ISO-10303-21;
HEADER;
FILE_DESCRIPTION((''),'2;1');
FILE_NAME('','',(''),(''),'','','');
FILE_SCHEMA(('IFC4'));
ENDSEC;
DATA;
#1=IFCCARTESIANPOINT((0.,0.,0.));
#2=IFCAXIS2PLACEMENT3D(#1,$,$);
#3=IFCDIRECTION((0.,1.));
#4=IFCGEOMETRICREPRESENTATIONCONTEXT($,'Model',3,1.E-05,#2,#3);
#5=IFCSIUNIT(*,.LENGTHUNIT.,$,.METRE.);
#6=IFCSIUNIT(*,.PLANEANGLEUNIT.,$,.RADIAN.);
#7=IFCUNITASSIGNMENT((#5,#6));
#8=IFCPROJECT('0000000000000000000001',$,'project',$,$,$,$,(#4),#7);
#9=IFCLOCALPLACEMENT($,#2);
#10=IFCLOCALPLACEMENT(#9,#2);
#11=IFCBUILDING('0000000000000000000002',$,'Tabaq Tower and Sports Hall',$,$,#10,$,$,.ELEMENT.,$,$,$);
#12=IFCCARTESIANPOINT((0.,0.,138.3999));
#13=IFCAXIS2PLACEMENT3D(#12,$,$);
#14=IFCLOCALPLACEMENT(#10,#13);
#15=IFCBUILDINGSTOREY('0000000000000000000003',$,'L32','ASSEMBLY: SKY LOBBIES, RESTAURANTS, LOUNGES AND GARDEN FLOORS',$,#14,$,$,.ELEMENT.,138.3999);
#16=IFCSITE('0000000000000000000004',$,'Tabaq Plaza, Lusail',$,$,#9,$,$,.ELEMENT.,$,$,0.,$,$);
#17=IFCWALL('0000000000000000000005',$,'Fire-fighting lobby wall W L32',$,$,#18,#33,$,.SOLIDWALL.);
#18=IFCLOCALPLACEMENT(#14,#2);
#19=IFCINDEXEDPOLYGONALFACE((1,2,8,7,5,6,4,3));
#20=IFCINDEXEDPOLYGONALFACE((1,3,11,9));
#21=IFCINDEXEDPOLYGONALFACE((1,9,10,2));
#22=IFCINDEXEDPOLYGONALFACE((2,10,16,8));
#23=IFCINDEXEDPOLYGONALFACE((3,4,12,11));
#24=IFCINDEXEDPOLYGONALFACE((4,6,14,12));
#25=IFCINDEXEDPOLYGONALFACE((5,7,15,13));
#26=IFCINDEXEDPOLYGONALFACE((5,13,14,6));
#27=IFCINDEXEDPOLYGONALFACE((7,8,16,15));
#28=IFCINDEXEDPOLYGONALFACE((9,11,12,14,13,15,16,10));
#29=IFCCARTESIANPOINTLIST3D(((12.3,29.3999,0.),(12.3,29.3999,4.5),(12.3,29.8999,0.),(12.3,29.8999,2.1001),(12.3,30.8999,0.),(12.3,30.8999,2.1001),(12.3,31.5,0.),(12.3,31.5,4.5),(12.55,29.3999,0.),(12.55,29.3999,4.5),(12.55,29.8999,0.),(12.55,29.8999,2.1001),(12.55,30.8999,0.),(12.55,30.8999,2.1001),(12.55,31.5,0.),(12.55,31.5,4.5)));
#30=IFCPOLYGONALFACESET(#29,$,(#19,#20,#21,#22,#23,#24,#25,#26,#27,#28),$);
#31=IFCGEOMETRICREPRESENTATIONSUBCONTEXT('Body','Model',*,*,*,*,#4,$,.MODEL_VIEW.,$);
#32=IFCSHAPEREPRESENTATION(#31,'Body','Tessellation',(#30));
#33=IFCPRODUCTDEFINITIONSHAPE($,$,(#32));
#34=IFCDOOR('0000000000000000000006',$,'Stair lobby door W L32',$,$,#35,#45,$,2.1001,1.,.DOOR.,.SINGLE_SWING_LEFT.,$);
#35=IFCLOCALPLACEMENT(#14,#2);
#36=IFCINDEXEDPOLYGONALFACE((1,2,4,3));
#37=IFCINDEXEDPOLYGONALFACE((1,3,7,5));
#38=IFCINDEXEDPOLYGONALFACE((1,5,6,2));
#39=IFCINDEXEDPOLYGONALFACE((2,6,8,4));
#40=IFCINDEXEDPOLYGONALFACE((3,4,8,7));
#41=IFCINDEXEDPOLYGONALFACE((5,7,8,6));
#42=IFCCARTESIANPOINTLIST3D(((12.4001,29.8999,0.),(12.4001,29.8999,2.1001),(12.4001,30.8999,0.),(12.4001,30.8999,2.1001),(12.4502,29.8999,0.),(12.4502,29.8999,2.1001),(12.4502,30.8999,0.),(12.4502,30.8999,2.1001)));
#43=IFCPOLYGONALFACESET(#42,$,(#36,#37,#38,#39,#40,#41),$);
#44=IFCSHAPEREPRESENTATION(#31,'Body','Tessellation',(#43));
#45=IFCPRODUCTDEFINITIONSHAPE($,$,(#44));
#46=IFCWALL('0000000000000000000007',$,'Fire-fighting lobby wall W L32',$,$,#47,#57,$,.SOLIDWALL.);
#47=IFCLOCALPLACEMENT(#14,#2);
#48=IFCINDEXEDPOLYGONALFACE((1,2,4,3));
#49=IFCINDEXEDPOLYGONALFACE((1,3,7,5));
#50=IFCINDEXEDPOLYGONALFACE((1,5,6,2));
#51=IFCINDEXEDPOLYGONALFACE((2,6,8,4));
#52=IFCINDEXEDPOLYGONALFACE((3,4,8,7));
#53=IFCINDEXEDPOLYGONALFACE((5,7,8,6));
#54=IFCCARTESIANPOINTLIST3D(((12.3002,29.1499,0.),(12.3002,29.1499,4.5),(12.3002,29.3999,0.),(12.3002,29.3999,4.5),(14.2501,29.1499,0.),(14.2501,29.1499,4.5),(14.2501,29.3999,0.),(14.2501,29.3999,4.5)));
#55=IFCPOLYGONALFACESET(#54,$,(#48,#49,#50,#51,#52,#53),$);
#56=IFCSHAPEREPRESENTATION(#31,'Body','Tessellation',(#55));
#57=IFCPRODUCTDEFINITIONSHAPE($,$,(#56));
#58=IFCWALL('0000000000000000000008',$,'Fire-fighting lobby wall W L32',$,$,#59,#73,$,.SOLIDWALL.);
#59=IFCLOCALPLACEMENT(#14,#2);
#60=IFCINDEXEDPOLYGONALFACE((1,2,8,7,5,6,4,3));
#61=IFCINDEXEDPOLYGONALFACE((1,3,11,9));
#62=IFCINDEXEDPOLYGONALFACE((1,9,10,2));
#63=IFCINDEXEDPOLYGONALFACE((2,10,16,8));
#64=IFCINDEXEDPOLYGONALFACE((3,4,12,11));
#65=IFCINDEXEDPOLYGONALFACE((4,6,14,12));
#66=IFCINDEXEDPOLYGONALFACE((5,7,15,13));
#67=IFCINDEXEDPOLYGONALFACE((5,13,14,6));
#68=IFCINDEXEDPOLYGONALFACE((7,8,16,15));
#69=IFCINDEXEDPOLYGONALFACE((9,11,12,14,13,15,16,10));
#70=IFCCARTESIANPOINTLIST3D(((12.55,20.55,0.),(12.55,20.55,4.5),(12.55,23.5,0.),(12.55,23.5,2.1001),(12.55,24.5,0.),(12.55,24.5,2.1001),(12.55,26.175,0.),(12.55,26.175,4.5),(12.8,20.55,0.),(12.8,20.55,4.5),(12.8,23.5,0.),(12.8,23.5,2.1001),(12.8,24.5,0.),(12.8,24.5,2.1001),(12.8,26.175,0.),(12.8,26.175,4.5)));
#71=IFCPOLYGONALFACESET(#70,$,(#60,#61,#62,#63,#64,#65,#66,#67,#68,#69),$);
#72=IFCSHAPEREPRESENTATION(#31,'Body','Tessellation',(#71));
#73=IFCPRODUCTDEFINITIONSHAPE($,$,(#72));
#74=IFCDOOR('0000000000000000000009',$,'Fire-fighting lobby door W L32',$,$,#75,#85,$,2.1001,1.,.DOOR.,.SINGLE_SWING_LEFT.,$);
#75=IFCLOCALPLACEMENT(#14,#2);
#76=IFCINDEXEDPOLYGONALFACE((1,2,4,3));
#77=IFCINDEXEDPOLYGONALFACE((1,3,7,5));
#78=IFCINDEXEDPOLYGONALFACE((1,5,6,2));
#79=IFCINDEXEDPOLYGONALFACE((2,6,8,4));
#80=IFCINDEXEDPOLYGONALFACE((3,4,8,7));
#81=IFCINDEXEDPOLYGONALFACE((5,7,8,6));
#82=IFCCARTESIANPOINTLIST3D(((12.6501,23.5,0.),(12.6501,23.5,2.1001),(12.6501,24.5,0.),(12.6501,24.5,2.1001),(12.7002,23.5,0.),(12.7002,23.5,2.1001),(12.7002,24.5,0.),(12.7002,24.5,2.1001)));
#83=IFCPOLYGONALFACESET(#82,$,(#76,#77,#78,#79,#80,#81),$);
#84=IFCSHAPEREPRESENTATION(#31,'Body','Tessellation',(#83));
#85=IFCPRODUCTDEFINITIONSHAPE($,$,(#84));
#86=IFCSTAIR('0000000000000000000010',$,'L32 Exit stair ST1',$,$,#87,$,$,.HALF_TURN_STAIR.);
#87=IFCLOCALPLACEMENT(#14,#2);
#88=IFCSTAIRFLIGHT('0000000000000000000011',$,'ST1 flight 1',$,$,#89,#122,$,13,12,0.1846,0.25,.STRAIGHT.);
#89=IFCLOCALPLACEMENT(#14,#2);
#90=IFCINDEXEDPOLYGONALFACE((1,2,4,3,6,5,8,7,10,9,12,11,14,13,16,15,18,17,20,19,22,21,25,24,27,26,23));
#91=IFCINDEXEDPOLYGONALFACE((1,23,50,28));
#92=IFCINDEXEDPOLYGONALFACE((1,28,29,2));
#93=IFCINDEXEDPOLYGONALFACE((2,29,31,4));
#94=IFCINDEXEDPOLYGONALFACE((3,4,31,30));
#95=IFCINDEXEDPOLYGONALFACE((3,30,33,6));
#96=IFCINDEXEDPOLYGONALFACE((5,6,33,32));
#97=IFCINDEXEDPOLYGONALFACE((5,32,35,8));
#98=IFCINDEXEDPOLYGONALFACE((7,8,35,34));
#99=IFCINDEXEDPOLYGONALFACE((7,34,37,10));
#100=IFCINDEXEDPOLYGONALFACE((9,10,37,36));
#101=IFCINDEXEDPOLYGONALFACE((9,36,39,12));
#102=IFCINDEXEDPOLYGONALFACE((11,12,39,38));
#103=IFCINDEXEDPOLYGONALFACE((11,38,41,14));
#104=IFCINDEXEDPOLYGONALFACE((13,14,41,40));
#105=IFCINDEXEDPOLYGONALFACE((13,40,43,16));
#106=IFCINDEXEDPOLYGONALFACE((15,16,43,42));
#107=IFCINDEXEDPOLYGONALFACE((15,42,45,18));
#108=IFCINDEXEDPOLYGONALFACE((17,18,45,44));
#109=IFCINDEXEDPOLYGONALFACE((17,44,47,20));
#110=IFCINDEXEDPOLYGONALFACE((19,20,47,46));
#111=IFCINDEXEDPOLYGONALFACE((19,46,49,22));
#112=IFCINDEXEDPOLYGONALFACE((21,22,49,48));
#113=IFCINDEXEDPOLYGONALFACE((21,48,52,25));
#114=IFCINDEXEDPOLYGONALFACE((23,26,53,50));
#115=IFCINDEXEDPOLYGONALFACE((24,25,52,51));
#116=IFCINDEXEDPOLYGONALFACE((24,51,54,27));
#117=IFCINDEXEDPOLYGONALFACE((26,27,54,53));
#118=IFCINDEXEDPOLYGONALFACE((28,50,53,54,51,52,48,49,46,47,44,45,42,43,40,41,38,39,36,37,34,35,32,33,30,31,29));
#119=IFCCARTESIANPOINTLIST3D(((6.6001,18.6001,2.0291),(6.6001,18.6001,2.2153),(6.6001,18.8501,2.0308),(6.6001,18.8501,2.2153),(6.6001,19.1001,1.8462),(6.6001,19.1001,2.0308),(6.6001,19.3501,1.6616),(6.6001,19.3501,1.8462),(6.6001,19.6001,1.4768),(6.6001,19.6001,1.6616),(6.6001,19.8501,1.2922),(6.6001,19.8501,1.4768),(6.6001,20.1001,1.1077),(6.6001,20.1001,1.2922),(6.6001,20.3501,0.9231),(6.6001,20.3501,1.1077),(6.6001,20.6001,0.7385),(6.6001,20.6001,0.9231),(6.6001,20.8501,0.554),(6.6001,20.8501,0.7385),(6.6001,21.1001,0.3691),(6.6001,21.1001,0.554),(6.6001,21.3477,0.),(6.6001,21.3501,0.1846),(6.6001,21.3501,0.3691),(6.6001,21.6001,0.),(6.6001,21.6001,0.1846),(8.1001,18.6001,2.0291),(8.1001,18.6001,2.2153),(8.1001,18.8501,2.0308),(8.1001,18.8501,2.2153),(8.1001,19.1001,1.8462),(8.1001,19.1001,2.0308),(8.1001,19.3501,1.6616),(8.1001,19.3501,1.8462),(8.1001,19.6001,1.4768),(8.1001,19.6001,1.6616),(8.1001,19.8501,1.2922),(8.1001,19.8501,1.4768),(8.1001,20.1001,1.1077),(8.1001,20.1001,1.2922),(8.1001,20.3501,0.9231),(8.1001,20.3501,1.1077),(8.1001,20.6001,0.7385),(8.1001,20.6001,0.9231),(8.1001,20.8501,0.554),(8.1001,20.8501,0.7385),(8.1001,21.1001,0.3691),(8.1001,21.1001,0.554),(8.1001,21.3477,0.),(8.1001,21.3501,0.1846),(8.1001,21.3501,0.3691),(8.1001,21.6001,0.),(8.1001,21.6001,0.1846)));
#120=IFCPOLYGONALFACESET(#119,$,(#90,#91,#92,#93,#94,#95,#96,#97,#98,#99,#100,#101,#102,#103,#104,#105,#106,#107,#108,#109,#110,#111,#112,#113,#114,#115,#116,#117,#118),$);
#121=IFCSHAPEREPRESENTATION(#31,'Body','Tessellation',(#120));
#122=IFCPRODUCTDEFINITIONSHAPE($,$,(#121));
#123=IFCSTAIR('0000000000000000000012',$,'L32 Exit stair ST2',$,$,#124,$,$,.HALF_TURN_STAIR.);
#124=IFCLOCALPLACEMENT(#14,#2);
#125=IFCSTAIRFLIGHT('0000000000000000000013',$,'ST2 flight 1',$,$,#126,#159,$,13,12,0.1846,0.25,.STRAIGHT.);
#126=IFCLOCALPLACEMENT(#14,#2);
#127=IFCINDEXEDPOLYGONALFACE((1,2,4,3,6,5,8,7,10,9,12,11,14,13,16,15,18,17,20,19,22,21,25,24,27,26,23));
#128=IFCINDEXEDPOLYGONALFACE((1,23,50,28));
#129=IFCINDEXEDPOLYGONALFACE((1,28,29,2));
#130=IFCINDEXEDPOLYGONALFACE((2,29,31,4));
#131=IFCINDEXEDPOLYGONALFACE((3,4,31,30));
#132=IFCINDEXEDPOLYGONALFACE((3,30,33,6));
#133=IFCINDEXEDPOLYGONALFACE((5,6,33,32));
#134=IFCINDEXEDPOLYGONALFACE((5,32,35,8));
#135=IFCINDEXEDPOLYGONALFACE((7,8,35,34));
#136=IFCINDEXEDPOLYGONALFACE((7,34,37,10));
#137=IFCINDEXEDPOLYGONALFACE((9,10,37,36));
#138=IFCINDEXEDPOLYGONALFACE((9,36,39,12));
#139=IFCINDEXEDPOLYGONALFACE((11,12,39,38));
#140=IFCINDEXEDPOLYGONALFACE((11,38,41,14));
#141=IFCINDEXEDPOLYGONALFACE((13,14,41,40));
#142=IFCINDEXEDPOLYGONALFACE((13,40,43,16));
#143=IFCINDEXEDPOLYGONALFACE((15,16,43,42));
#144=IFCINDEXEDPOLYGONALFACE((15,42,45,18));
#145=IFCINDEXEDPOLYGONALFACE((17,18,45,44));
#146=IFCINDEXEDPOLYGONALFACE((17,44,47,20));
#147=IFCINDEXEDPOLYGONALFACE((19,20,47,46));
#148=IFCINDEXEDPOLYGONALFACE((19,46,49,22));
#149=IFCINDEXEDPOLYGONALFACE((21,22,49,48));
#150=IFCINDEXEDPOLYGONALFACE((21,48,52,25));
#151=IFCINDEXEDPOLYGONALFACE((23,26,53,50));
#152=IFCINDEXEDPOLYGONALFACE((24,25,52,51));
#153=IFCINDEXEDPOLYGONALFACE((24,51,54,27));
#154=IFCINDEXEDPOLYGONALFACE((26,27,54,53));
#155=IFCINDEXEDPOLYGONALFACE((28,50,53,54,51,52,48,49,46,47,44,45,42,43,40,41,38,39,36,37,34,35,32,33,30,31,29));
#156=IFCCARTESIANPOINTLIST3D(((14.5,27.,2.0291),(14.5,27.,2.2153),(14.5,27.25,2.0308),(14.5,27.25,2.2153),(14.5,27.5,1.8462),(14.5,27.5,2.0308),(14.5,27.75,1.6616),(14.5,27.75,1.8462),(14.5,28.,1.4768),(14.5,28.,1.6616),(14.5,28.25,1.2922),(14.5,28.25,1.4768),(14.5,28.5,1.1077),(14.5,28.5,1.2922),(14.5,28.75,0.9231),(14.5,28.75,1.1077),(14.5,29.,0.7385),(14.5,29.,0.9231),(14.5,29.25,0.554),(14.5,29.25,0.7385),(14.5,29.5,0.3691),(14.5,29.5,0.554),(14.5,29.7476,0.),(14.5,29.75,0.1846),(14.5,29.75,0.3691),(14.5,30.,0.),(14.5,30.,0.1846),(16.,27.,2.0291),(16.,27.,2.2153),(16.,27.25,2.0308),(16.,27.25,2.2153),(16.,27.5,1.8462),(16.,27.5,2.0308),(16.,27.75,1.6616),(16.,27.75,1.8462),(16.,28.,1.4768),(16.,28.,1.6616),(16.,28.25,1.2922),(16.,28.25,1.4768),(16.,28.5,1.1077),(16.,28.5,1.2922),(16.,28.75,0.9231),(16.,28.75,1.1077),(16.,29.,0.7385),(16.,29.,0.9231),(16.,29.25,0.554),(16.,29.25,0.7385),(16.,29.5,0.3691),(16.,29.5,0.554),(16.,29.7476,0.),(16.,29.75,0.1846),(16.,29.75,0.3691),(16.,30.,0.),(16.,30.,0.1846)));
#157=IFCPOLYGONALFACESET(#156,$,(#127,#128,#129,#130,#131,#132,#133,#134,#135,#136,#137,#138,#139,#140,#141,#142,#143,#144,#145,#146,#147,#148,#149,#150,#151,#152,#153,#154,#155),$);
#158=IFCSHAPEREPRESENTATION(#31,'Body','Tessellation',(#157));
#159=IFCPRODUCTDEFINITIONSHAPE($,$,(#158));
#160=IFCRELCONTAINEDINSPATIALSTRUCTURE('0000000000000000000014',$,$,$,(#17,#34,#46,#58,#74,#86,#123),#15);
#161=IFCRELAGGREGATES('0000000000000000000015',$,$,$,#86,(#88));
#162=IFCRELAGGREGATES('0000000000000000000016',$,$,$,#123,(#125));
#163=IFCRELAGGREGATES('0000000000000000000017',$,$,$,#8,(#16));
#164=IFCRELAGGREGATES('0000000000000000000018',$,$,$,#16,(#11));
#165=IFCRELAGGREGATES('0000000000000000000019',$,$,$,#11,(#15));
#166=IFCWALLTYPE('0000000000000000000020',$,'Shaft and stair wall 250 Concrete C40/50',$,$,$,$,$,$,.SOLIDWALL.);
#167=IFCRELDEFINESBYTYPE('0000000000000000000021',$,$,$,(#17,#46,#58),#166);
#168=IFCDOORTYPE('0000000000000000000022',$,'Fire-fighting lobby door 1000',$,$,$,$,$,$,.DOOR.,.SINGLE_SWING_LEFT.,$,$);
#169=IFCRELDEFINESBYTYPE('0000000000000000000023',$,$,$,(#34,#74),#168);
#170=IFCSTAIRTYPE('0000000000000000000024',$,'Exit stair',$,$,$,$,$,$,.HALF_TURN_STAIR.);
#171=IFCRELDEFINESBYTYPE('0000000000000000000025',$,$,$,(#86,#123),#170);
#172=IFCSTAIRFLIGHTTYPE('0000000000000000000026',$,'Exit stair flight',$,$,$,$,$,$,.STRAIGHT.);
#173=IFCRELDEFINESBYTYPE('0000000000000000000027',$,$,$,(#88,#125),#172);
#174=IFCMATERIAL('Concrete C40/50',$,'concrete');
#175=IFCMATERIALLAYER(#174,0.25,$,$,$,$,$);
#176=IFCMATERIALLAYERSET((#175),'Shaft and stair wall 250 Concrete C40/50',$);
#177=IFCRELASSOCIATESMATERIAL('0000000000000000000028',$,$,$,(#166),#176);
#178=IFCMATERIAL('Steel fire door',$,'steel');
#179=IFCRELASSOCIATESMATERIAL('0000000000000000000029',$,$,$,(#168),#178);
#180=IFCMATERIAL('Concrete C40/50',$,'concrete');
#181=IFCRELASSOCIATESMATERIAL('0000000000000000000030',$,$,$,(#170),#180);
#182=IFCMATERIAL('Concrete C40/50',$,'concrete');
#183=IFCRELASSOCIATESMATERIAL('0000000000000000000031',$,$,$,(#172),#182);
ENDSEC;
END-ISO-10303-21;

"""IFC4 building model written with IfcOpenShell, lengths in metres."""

from ifc_helpers import new_model, si_unit, direction, frame, frame_2d, origin, place, context, subcontext, project, spatial, polyline, rectangle, outline, extrude, material, layer, layer_set, type_object, element, fill, aggregate, save


model = new_model("IFC4")

# Units and contexts
model_context = context("Model", 3, precision=1e-05, world=origin(), true_north=direction((0.0, 1.0)))
body_context = subcontext(model_context, "Body", "Model", "MODEL_VIEW")
ifc_project = project(units=[si_unit("LENGTHUNIT", "METRE"), si_unit("PLANEANGLEUNIT", "RADIAN")], contexts=[model_context])

# Site, building, storey
site_placement = place(None, origin())
site = spatial("IfcSite", under=ifc_project, at=site_placement, Name="Tabaq Plaza, Lusail", CompositionType="ELEMENT", RefElevation=0.0)
building_placement = place(site_placement, origin())
building = spatial("IfcBuilding", under=site, at=building_placement, Name="Tabaq Tower and Sports Hall", CompositionType="ELEMENT")
storey_placement = place(building_placement, frame((0.0, 0.0, 138.3999)))
storey = spatial("IfcBuildingStorey", under=building, at=storey_placement, Name="L32", Description="ASSEMBLY: SKY LOBBIES, RESTAURANTS, LOUNGES AND GARDEN FLOORS", CompositionType="ELEMENT", Elevation=138.3999)

# Shared definitions
ifc_material_1 = material(Name="Concrete C40/50", Category="concrete")
ifc_layer_1 = layer(ifc_material_1, 0.25)
ifc_layer_set_1 = layer_set([ifc_layer_1], Name="Shaft and stair wall 250 Concrete C40/50")
wall_type_1 = type_object("IfcWallType", Name="Shaft and stair wall 250 Concrete C40/50", PredefinedType="SOLIDWALL", material=ifc_layer_set_1)

# Wall, opening, door
wall_1_placement = place(storey_placement, frame((12.425, 29.3999, 0.0), z_axis=(0.0, 0.0, 1.0), x_axis=(0.0, 1.0, 0.0)))
wall_1 = element("IfcWall", 1, at=wall_1_placement, inside=storey, type_object=wall_type_1, Name="Fire-fighting lobby wall W L32", PredefinedType="SOLIDWALL", context=body_context, shape_type="SweptSolid", body=[
    extrude(rectangle(XDim=2.1001, YDim=0.25, at=frame_2d((1.05, 0.0))), origin(), (0.0, 0.0, 1.0), 4.5),
])
opening_1_placement = place(wall_1_placement, frame((0.5, 0.0, 0.0)))
opening_1 = element("IfcOpeningElement", 2, at=opening_1_placement, cuts=wall_1, PredefinedType="OPENING", context=body_context, shape_type="SweptSolid", body=[
    extrude(rectangle(XDim=1.0, YDim=2.1001, at=frame_2d((0.5, 1.05))), frame((0.0, 0.125, 0.0), z_axis=(0.0, -1.0, 0.0), x_axis=(1.0, 0.0, 0.0)), (0.0, 0.0, 1.0), 0.25),
])
ifc_material_2 = material(Name="Steel fire door", Category="steel")
door_type_1 = type_object("IfcDoorType", Name="Fire-fighting lobby door 1000", OperationType="SINGLE_SWING_LEFT", PredefinedType="DOOR", material=ifc_material_2)
door_1_placement = place(opening_1_placement, origin())
door_1 = element("IfcDoor", 3, at=door_1_placement, inside=storey, type_object=door_type_1, Name="Stair lobby door W L32", OperationType="SINGLE_SWING_LEFT", OverallHeight=2.1001, OverallWidth=1.0, PredefinedType="DOOR", context=body_context, shape_type="SweptSolid", body=[
    extrude(rectangle(XDim=1.0, YDim=2.1001, at=frame_2d((0.5, 1.05))), frame((0.0, 0.0249, 0.0), z_axis=(0.0, -1.0, 0.0), x_axis=(1.0, 0.0, 0.0)), (0.0, 0.0, 1.0), 0.05),
])
fill(opening_1, door_1)

# Wall
wall_2_placement = place(storey_placement, frame((12.3, 29.2749, 0.0), z_axis=(0.0, 0.0, 1.0), x_axis=(1.0, 0.0, 0.0)))
element("IfcWall", 4, at=wall_2_placement, inside=storey, type_object=wall_type_1, Name="Fire-fighting lobby wall W L32", PredefinedType="SOLIDWALL", context=body_context, shape_type="SweptSolid", body=[
    extrude(rectangle(XDim=1.95, YDim=0.25, at=frame_2d((0.9751, 0.0))), origin(), (0.0, 0.0, 1.0), 4.5),
])

# Wall, opening, door
wall_3_placement = place(storey_placement, frame((12.675, 20.55, 0.0), z_axis=(0.0, 0.0, 1.0), x_axis=(0.0, 1.0, 0.0)))
wall_3 = element("IfcWall", 5, at=wall_3_placement, inside=storey, type_object=wall_type_1, Name="Fire-fighting lobby wall W L32", PredefinedType="SOLIDWALL", context=body_context, shape_type="SweptSolid", body=[
    extrude(rectangle(XDim=5.625, YDim=0.25, at=frame_2d((2.8125, 0.0))), origin(), (0.0, 0.0, 1.0), 4.5),
])
opening_2_placement = place(wall_3_placement, frame((2.95, 0.0, 0.0)))
opening_2 = element("IfcOpeningElement", 6, at=opening_2_placement, cuts=wall_3, PredefinedType="OPENING", context=body_context, shape_type="SweptSolid", body=[
    extrude(rectangle(XDim=1.0, YDim=2.1001, at=frame_2d((0.5, 1.05))), frame((0.0, 0.125, 0.0), z_axis=(0.0, -1.0, 0.0), x_axis=(1.0, 0.0, 0.0)), (0.0, 0.0, 1.0), 0.25),
])
door_2_placement = place(opening_2_placement, origin())
door_2 = element("IfcDoor", 7, at=door_2_placement, inside=storey, type_object=door_type_1, Name="Fire-fighting lobby door W L32", OperationType="SINGLE_SWING_LEFT", OverallHeight=2.1001, OverallWidth=1.0, PredefinedType="DOOR", context=body_context, shape_type="SweptSolid", body=[
    extrude(rectangle(XDim=1.0, YDim=2.1001, at=frame_2d((0.5, 1.05))), frame((0.0, 0.0249, 0.0), z_axis=(0.0, -1.0, 0.0), x_axis=(1.0, 0.0, 0.0)), (0.0, 0.0, 1.0), 0.05),
])
fill(opening_2, door_2)

# Stair, stair flight
ifc_material_3 = material(Name="Concrete C40/50", Category="concrete")
stair_type = type_object("IfcStairType", Name="Exit stair", PredefinedType="HALF_TURN_STAIR", material=ifc_material_3)
stair_1_placement = place(storey_placement, origin())
stair_1 = element("IfcStair", 8, at=stair_1_placement, inside=storey, type_object=stair_type, Name="L32 Exit stair ST1", PredefinedType="HALF_TURN_STAIR")
ifc_material_4 = material(Name="Concrete C40/50", Category="concrete")
stair_flight_type = type_object("IfcStairFlightType", Name="Exit stair flight", PredefinedType="STRAIGHT", material=ifc_material_4)
stair_flight_1_placement = place(storey_placement, frame((7.3501, 21.6001, 0.0), z_axis=(0.0, 0.0, 1.0), x_axis=(0.0, -1.0, 0.0)))
stair_flight_1 = element("IfcStairFlight", 9, at=stair_flight_1_placement, type_object=stair_flight_type, Name="ST1 flight 1", NumberOfRisers=13, NumberOfTreads=12, PredefinedType="STRAIGHT", RiserHeight=0.1846, TreadLength=0.25, context=body_context, shape_type="SweptSolid", body=[
    extrude(outline(polyline([(0.0, 0.0), (0.0, 0.1846), (0.25, 0.1846), (0.25, 0.3691), (0.5, 0.3691), (0.5, 0.554), (0.75, 0.554), (0.75, 0.7385), (1.0, 0.7385), (1.0, 0.9231), (1.25, 0.9231), (1.25, 1.1077), (1.5, 1.1077), (1.5, 1.2922), (1.75, 1.2922), (1.75, 1.4768), (2.0, 1.4768), (2.0, 1.6616), (2.25, 1.6616), (2.25, 1.8462), (2.5, 1.8462), (2.5, 2.0308), (2.75, 2.0308), (2.75, 2.2153), (3.0, 2.2153), (3.0, 2.3999), (3.0, 2.0291), (0.2524, 0.0), (0.0, 0.0)])), frame((0.0, 0.75, 0.0), z_axis=(0.0, -1.0, 0.0), x_axis=(1.0, 0.0, 0.0)), (0.0, 0.0, 1.0), 1.5),
])
aggregate(stair_1, [stair_flight_1])

# Stair, stair flight
stair_2_placement = place(storey_placement, origin())
stair_2 = element("IfcStair", 10, at=stair_2_placement, inside=storey, type_object=stair_type, Name="L32 Exit stair ST2", PredefinedType="HALF_TURN_STAIR")
stair_flight_2_placement = place(storey_placement, frame((15.25, 30.0, 0.0), z_axis=(0.0, 0.0, 1.0), x_axis=(0.0, -1.0, 0.0)))
stair_flight_2 = element("IfcStairFlight", 11, at=stair_flight_2_placement, type_object=stair_flight_type, Name="ST2 flight 1", NumberOfRisers=13, NumberOfTreads=12, PredefinedType="STRAIGHT", RiserHeight=0.1846, TreadLength=0.25, context=body_context, shape_type="SweptSolid", body=[
    extrude(outline(polyline([(0.0, 0.0), (0.0, 0.1846), (0.25, 0.1846), (0.25, 0.3691), (0.5, 0.3691), (0.5, 0.554), (0.75, 0.554), (0.75, 0.7385), (1.0, 0.7385), (1.0, 0.9231), (1.25, 0.9231), (1.25, 1.1077), (1.5, 1.1077), (1.5, 1.2922), (1.75, 1.2922), (1.75, 1.4768), (2.0, 1.4768), (2.0, 1.6616), (2.25, 1.6616), (2.25, 1.8462), (2.5, 1.8462), (2.5, 2.0308), (2.75, 2.0308), (2.75, 2.2153), (3.0, 2.2153), (3.0, 2.3999), (3.0, 2.0291), (0.2524, 0.0), (0.0, 0.0)])), frame((0.0, 0.75, 0.0), z_axis=(0.0, -1.0, 0.0), x_axis=(1.0, 0.0, 0.0)), (0.0, 0.0, 1.0), 1.5),
])
aggregate(stair_2, [stair_flight_2])

save(model, "model.ifc")
